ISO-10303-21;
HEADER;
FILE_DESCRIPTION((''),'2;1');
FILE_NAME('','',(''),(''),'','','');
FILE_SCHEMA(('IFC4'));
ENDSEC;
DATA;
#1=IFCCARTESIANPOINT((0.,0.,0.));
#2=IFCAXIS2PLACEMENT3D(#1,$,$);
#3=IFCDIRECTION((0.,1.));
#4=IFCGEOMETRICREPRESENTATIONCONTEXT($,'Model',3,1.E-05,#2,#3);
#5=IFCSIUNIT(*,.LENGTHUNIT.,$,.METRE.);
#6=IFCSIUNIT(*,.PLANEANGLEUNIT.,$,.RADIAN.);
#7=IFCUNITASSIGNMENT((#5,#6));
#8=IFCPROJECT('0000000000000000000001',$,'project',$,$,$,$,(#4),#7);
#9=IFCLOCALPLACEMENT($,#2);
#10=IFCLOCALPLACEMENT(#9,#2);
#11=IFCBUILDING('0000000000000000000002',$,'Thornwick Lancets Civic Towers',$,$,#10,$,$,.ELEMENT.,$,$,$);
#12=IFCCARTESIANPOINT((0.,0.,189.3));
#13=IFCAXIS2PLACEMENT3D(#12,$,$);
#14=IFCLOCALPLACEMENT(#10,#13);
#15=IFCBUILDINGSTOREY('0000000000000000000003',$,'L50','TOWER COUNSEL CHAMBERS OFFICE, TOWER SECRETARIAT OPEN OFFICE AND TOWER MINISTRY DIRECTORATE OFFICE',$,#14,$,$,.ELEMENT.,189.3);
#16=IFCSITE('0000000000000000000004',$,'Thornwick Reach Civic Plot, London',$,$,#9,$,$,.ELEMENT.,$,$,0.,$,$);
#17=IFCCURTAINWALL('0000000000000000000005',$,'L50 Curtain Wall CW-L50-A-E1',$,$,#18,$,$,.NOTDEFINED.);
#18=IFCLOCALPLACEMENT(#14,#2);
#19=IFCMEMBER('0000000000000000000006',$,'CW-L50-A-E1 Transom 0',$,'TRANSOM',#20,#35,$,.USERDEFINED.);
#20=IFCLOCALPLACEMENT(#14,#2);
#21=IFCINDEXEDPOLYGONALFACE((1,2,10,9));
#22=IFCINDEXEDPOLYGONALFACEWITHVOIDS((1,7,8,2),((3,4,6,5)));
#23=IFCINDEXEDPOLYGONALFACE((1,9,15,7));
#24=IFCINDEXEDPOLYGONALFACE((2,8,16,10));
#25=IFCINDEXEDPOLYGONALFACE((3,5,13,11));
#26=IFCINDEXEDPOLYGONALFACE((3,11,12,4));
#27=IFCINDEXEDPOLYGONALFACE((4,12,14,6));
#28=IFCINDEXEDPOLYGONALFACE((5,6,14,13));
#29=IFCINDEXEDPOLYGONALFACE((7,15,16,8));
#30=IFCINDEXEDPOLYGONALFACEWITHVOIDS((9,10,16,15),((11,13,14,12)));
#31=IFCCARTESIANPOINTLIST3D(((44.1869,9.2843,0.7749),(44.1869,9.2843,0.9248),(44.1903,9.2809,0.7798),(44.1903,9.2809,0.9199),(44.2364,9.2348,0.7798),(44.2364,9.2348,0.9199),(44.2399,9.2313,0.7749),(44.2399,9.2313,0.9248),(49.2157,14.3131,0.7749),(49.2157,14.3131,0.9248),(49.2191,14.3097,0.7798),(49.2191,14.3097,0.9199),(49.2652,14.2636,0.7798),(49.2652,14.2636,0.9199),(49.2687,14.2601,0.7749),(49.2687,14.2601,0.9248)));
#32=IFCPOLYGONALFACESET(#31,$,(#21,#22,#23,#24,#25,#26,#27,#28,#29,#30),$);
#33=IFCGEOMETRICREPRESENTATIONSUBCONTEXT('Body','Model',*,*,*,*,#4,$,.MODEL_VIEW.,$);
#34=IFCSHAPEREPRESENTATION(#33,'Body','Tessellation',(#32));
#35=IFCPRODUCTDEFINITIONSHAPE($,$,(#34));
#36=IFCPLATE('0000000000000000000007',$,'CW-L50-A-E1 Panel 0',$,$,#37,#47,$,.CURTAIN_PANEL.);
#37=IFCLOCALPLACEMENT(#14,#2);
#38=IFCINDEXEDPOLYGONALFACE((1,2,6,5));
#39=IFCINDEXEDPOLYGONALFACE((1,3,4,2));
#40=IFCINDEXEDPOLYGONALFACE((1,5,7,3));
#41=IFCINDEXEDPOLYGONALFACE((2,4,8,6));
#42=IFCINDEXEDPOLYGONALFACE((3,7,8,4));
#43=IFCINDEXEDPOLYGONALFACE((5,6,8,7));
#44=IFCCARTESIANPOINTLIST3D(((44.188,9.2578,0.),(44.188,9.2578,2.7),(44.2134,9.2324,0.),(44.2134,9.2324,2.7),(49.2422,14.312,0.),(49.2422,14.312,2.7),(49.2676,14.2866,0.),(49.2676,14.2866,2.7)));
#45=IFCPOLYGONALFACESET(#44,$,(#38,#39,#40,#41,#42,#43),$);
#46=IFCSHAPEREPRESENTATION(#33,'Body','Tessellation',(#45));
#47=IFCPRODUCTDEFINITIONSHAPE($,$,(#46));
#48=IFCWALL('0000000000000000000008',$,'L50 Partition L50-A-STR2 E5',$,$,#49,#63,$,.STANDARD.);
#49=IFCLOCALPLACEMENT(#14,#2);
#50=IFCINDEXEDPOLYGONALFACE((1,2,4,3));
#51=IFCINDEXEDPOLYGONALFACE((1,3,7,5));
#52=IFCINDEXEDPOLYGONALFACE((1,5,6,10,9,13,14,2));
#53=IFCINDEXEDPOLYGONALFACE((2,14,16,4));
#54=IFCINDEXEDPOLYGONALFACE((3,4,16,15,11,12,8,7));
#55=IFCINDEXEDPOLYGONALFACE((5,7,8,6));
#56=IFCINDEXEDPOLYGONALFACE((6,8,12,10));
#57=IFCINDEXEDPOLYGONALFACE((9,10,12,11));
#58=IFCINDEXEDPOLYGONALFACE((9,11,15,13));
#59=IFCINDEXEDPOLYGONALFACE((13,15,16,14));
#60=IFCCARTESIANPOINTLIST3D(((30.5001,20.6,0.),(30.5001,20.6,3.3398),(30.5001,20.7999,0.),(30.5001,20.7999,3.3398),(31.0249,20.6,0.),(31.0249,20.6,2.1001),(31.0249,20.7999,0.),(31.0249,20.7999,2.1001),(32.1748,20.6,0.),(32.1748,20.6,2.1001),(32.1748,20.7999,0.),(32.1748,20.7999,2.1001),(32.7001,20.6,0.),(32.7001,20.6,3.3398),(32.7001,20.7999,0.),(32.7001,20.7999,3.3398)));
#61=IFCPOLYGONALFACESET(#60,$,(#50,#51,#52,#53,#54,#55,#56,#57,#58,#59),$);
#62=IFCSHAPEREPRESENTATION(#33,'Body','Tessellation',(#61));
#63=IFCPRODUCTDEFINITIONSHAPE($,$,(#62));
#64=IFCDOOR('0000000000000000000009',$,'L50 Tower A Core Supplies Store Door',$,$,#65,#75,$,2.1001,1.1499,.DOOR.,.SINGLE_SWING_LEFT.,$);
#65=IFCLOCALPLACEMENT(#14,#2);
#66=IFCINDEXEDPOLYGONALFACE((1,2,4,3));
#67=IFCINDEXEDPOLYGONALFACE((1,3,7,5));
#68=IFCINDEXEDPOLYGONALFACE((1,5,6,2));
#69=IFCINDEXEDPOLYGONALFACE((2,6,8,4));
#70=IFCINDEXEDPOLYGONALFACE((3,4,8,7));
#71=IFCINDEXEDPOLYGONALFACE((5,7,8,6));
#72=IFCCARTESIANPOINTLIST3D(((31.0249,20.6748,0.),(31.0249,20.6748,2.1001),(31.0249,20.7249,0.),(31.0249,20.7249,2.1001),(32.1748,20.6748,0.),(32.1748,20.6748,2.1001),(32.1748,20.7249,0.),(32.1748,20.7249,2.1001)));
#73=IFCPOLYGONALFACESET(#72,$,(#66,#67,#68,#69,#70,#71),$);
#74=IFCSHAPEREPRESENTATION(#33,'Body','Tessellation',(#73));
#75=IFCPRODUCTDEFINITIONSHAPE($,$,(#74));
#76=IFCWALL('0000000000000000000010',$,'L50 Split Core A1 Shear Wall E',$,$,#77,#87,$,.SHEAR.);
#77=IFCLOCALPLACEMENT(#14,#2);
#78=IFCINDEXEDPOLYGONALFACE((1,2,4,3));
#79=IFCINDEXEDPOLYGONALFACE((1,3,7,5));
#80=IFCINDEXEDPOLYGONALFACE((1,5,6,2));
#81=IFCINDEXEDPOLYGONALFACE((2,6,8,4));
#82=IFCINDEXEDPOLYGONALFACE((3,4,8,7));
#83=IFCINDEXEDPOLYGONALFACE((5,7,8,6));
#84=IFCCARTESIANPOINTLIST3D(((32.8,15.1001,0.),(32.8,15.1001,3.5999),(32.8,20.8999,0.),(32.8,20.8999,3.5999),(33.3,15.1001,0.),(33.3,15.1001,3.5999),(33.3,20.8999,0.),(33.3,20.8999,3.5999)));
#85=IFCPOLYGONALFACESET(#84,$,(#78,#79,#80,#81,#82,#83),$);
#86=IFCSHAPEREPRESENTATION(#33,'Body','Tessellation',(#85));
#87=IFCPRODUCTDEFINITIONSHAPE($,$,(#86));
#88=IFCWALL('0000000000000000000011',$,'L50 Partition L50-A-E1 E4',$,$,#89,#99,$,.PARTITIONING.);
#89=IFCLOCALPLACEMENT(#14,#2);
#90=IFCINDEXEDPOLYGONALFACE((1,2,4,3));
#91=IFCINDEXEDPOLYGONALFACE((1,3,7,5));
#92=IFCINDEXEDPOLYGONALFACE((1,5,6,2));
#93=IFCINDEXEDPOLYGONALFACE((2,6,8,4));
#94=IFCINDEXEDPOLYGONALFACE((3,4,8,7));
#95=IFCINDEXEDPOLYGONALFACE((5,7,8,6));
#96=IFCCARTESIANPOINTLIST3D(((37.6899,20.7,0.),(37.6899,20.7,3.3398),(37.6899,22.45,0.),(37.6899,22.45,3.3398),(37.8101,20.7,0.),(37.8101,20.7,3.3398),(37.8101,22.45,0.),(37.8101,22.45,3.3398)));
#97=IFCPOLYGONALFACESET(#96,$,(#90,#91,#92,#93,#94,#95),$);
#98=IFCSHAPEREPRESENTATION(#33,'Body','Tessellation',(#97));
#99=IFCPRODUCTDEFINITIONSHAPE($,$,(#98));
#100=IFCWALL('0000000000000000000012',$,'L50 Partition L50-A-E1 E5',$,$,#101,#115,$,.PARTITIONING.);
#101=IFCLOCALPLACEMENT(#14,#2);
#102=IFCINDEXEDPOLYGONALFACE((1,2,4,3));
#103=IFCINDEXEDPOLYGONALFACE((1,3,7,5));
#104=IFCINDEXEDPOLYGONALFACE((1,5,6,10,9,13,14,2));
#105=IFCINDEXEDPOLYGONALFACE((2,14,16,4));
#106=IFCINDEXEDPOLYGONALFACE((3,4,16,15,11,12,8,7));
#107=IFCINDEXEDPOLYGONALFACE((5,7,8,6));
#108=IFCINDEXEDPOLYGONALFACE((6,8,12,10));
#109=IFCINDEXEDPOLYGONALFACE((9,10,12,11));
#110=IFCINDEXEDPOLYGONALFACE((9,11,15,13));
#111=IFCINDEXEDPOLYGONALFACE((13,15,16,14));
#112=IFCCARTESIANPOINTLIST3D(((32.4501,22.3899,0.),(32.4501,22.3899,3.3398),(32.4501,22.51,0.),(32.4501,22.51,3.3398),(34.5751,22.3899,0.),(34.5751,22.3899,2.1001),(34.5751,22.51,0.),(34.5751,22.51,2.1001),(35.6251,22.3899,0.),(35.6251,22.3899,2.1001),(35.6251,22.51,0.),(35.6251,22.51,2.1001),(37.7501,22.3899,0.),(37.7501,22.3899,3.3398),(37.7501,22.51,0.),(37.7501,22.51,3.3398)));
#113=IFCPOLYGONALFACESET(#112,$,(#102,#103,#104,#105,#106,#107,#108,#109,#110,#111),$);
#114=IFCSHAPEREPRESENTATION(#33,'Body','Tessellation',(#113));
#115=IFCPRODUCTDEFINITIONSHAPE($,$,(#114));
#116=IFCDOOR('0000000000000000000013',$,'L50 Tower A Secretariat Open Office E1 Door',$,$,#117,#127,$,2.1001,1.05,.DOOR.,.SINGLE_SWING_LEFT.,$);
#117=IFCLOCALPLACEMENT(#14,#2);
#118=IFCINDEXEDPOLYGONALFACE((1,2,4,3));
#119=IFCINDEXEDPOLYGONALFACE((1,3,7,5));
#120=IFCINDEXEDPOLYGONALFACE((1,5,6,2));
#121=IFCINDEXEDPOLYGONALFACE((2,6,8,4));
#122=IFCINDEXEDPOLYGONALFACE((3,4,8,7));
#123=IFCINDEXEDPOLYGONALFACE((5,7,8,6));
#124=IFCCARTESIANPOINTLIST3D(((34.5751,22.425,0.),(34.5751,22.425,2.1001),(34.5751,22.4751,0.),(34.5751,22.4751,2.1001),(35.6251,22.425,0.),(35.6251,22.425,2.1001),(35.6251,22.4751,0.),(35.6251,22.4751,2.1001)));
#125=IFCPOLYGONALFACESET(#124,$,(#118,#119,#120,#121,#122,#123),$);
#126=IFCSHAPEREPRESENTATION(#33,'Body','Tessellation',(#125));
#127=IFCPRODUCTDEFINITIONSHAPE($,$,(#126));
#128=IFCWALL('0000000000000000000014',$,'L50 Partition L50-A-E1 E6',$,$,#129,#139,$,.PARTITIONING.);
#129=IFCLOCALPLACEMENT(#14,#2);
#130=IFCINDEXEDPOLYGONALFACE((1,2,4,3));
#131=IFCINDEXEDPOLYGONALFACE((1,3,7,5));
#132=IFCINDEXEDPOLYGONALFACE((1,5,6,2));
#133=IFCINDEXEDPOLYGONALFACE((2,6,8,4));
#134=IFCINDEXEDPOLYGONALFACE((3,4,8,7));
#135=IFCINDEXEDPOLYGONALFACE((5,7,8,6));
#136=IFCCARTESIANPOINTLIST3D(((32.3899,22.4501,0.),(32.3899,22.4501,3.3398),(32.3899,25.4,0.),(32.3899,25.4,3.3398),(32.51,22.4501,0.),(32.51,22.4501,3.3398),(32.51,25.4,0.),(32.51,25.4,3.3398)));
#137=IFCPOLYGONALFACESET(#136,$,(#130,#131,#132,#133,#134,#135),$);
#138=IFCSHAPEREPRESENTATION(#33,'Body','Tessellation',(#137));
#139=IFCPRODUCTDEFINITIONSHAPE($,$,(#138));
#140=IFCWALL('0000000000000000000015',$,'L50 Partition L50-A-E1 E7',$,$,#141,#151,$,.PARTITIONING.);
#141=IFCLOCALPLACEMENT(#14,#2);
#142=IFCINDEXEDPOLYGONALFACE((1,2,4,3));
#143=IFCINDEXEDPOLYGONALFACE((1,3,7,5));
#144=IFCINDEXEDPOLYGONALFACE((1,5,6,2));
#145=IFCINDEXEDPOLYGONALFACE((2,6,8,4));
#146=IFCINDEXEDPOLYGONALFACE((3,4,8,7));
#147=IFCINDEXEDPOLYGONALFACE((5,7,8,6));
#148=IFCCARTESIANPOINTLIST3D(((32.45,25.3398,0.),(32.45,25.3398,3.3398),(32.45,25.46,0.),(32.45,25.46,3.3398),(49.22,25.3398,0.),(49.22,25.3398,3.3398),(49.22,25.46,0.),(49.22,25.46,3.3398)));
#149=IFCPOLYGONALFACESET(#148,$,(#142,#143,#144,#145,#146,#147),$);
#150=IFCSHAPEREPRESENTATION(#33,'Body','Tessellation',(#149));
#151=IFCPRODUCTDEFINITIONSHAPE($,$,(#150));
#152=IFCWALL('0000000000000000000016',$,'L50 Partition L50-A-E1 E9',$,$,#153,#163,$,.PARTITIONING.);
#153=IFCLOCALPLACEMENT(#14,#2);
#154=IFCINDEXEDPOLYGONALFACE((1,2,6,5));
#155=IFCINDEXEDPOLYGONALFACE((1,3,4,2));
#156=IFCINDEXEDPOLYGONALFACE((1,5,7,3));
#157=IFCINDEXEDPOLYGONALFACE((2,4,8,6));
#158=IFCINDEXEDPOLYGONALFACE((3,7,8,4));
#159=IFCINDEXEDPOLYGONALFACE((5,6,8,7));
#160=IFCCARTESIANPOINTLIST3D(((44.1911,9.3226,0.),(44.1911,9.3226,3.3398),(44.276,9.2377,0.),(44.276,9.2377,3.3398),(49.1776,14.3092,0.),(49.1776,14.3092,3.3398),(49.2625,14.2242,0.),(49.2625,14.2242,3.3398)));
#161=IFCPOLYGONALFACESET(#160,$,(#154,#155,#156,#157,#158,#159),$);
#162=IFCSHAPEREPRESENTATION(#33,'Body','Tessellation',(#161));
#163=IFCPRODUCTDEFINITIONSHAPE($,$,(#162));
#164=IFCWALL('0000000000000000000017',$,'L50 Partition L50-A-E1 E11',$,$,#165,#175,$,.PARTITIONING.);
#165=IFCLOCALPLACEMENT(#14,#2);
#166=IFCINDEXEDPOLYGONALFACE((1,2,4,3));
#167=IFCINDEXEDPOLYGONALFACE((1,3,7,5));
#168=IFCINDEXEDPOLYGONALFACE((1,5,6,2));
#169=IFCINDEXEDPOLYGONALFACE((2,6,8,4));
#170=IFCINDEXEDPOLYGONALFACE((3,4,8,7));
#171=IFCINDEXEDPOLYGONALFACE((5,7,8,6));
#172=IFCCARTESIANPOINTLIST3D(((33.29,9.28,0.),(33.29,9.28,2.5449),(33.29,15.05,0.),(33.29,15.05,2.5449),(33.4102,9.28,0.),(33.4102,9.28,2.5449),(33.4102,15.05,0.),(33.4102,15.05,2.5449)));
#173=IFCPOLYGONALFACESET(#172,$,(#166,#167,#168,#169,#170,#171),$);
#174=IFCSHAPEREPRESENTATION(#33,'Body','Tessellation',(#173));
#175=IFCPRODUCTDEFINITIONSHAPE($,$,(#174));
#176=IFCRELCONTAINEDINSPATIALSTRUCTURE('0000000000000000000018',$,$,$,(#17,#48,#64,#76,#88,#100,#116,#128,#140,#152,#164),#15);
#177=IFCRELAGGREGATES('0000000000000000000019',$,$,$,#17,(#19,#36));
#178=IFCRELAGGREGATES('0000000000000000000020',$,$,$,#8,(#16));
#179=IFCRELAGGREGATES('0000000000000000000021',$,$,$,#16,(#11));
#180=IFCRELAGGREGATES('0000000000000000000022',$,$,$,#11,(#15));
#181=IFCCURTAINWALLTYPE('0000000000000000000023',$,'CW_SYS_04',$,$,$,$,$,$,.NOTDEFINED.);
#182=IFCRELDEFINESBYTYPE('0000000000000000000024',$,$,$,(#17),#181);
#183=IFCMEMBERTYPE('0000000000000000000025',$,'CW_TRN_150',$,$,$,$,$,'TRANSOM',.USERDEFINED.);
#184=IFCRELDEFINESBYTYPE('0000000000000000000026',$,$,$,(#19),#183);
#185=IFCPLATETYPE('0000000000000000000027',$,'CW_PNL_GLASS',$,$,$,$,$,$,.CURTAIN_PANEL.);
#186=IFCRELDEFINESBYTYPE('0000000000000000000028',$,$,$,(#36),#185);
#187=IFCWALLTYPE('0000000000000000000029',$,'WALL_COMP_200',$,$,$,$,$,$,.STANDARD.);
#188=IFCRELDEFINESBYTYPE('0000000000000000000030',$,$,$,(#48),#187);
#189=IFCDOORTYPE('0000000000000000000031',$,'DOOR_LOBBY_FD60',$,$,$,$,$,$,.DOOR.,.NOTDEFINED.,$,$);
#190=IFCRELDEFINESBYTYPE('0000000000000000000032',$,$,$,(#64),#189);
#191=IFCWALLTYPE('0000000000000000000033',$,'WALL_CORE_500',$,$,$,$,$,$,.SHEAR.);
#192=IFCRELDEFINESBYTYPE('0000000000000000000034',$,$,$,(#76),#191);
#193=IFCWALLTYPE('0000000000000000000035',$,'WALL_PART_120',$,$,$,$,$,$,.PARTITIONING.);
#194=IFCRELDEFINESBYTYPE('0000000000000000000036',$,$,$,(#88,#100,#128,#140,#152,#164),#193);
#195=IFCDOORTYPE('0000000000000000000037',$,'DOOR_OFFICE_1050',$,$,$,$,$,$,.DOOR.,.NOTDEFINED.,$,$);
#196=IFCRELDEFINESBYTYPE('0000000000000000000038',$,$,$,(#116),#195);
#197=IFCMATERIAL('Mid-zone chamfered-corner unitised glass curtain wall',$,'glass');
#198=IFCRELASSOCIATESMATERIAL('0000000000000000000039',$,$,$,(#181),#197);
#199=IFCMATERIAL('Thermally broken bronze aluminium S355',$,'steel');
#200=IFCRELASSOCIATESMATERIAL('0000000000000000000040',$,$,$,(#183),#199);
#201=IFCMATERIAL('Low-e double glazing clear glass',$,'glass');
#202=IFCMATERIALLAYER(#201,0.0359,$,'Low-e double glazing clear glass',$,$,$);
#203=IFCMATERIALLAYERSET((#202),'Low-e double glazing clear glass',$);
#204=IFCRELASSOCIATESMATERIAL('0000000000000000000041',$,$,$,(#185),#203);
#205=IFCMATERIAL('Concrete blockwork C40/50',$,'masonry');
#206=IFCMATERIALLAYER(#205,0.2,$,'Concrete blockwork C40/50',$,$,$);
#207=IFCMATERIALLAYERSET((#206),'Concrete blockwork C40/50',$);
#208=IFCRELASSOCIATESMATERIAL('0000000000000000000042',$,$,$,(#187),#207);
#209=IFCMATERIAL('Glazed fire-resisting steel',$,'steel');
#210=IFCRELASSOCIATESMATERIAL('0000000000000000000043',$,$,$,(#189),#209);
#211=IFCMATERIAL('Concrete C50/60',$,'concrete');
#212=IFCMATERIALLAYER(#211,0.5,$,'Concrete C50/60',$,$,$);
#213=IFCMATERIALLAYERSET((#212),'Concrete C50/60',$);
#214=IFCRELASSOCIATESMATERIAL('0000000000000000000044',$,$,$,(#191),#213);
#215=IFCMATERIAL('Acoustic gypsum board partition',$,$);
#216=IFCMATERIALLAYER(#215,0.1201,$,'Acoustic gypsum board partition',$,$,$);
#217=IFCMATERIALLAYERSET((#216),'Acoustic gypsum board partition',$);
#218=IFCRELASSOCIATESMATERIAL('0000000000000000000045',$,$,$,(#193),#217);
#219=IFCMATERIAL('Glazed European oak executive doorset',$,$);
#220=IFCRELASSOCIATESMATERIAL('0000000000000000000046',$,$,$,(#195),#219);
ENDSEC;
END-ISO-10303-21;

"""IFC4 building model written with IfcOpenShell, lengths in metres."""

from ifc_helpers import new_model, si_unit, direction, frame, frame_2d, origin, origin_2d, place, context, subcontext, project, spatial, rectangle, hollow_rectangle, extrude, material, layer, layer_set, material_profile, profile_set, type_object, element, fill, aggregate, save


model = new_model("IFC4")

# Units and contexts
model_context = context("Model", 3, precision=1e-05, world=origin(), true_north=direction((0.0, 1.0)))
body_context = subcontext(model_context, "Body", "Model", "MODEL_VIEW")
ifc_project = project(units=[si_unit("LENGTHUNIT", "METRE"), si_unit("PLANEANGLEUNIT", "RADIAN")], contexts=[model_context])

# Site, building, storey
site_placement = place(None, origin())
site = spatial("IfcSite", under=ifc_project, at=site_placement, Name="Thornwick Reach Civic Plot, London", CompositionType="ELEMENT", RefElevation=0.0)
building_placement = place(site_placement, origin())
building = spatial("IfcBuilding", under=site, at=building_placement, Name="Thornwick Lancets Civic Towers", CompositionType="ELEMENT")
storey_placement = place(building_placement, frame((0.0, 0.0, 189.3)))
storey = spatial("IfcBuildingStorey", under=building, at=storey_placement, Name="L50", Description="TOWER COUNSEL CHAMBERS OFFICE, TOWER SECRETARIAT OPEN OFFICE AND TOWER MINISTRY DIRECTORATE OFFICE", CompositionType="ELEMENT", Elevation=189.3)

# Shared definitions
ifc_material_1 = material(Name="Concrete C50/60", Category="concrete")

# Curtain wall, member, plate
ifc_material_2 = material(Name="Mid-zone chamfered-corner unitised glass curtain wall", Category="glass")
curtain_wall_type = type_object("IfcCurtainWallType", Name="CW_SYS_04", PredefinedType="NOTDEFINED", material=ifc_material_2)
curtain_wall_placement = place(storey_placement, origin())
curtain_wall = element("IfcCurtainWall", 1, at=curtain_wall_placement, inside=storey, type_object=curtain_wall_type, Name="L50 Curtain Wall CW-L50-A-E1", PredefinedType="NOTDEFINED")
ifc_material_3 = material(Name="Thermally broken bronze aluminium S355", Category="steel")
ifc_material_profile_1 = material_profile(ifc_material_3, hollow_rectangle(XDim=0.075, YDim=0.1499, WallThickness=0.0049, at=origin_2d()), Name="RHS 150x75x5")
ifc_profile_set_1 = profile_set([ifc_material_profile_1], Name="Thermally broken bronze aluminium S355")
member_type_1 = type_object("IfcMemberType", Name="CW_TRN_150", ElementType="TRANSOM", PredefinedType="USERDEFINED", material=ifc_profile_set_1)
member_1_placement = place(storey_placement, frame((44.2134, 9.2578, 0.8499), z_axis=(0.707107, 0.707107, 0.0), x_axis=(-0.707107, 0.707107, 0.0)))
member_1 = element("IfcMember", 2, at=member_1_placement, type_object=member_type_1, Name="CW-L50-A-E1 Transom 0", ObjectType="TRANSOM", PredefinedType="USERDEFINED", context=body_context, shape_type="SweptSolid", body=[
    extrude(hollow_rectangle(XDim=0.075, YDim=0.1499, WallThickness=0.0049, at=origin_2d()), origin(), (0.0, 0.0, 1.0), 7.1118),
])
ifc_material_4 = material(Name="Low-e double glazing clear glass", Category="glass")
ifc_layer_1 = layer(ifc_material_4, 0.0359, Name="Low-e double glazing clear glass")
ifc_layer_set_1 = layer_set([ifc_layer_1], Name="Low-e double glazing clear glass")
plate_type = type_object("IfcPlateType", Name="CW_PNL_GLASS", PredefinedType="CURTAIN_PANEL", material=ifc_layer_set_1)
plate_placement = place(storey_placement, frame((46.7278, 11.7722, 0.0), z_axis=(0.0, 0.0, 1.0), x_axis=(0.707107, 0.707107, 0.0)))
plate = element("IfcPlate", 3, at=plate_placement, type_object=plate_type, Name="CW-L50-A-E1 Panel 0", PredefinedType="CURTAIN_PANEL", context=body_context, shape_type="SweptSolid", body=[
    extrude(rectangle(XDim=7.1477, YDim=0.0359, at=origin_2d()), origin(), (0.0, 0.0, 1.0), 2.7),
])
aggregate(curtain_wall, [member_1, plate])

# Wall, opening, door
ifc_material_5 = material(Name="Concrete blockwork C40/50", Category="masonry")
ifc_layer_2 = layer(ifc_material_5, 0.2, Name="Concrete blockwork C40/50")
ifc_layer_set_2 = layer_set([ifc_layer_2], Name="Concrete blockwork C40/50")
wall_type_1 = type_object("IfcWallType", Name="WALL_COMP_200", PredefinedType="STANDARD", material=ifc_layer_set_2)
wall_1_placement = place(storey_placement, frame((30.5, 20.7, 0.0), z_axis=(0.0, 0.0, 1.0), x_axis=(1.0, 0.0, 0.0)))
wall_1 = element("IfcWall", 4, at=wall_1_placement, inside=storey, type_object=wall_type_1, Name="L50 Partition L50-A-STR2 E5", PredefinedType="STANDARD", context=body_context, shape_type="SweptSolid", body=[
    extrude(rectangle(XDim=2.2, YDim=0.2, at=frame_2d((1.1001, 0.0))), origin(), (0.0, 0.0, 1.0), 3.3398),
])
opening_1_placement = place(wall_1_placement, frame((0.5249, 0.0, 0.0)))
opening_1 = element("IfcOpeningElement", 5, at=opening_1_placement, cuts=wall_1, PredefinedType="OPENING", context=body_context, shape_type="SweptSolid", body=[
    extrude(rectangle(XDim=1.1499, YDim=2.1001, at=frame_2d((0.575, 1.05))), frame((0.0, 0.1099, 0.0), z_axis=(0.0, -1.0, 0.0), x_axis=(1.0, 0.0, 0.0)), (0.0, 0.0, 1.0), 0.22),
])
ifc_material_6 = material(Name="Glazed fire-resisting steel", Category="steel")
door_type_1 = type_object("IfcDoorType", Name="DOOR_LOBBY_FD60", OperationType="NOTDEFINED", PredefinedType="DOOR", material=ifc_material_6)
door_1_placement = place(opening_1_placement, origin())
door_1 = element("IfcDoor", 6, at=door_1_placement, inside=storey, type_object=door_type_1, Name="L50 Tower A Core Supplies Store Door", OperationType="SINGLE_SWING_LEFT", OverallHeight=2.1001, OverallWidth=1.1499, PredefinedType="DOOR", context=body_context, shape_type="SweptSolid", body=[
    extrude(rectangle(XDim=1.1499, YDim=2.1001, at=frame_2d((0.575, 1.05))), frame((0.0, 0.0249, 0.0), z_axis=(0.0, -1.0, 0.0), x_axis=(1.0, 0.0, 0.0)), (0.0, 0.0, 1.0), 0.05),
])
fill(opening_1, door_1)

# Walls
ifc_layer_3 = layer(ifc_material_1, 0.5, Name="Concrete C50/60")
ifc_layer_set_3 = layer_set([ifc_layer_3], Name="Concrete C50/60")
wall_type_2 = type_object("IfcWallType", Name="WALL_CORE_500", PredefinedType="SHEAR", material=ifc_layer_set_3)
wall_2_placement = place(storey_placement, frame((33.05, 15.1001, 0.0), z_axis=(0.0, 0.0, 1.0), x_axis=(0.0, 1.0, 0.0)))
element("IfcWall", 7, at=wall_2_placement, inside=storey, type_object=wall_type_2, Name="L50 Split Core A1 Shear Wall E", PredefinedType="SHEAR", context=body_context, shape_type="SweptSolid", body=[
    extrude(rectangle(XDim=5.7998, YDim=0.5, at=frame_2d((2.8999, 0.0))), origin(), (0.0, 0.0, 1.0), 3.5999),
])
ifc_material_7 = material(Name="Acoustic gypsum board partition")
ifc_layer_4 = layer(ifc_material_7, 0.1201, Name="Acoustic gypsum board partition")
ifc_layer_set_4 = layer_set([ifc_layer_4], Name="Acoustic gypsum board partition")
wall_type_3 = type_object("IfcWallType", Name="WALL_PART_120", PredefinedType="PARTITIONING", material=ifc_layer_set_4)
wall_3_placement = place(storey_placement, frame((37.75, 20.7, 0.0), z_axis=(0.0, 0.0, 1.0), x_axis=(0.0, 1.0, 0.0)))
element("IfcWall", 8, at=wall_3_placement, inside=storey, type_object=wall_type_3, Name="L50 Partition L50-A-E1 E4", PredefinedType="PARTITIONING", context=body_context, shape_type="SweptSolid", body=[
    extrude(rectangle(XDim=1.75, YDim=0.1201, at=frame_2d((0.875, 0.0))), origin(), (0.0, 0.0, 1.0), 3.3398),
])

# Wall, opening, door
wall_4_placement = place(storey_placement, frame((37.75, 22.45, 0.0), z_axis=(0.0, 0.0, 1.0), x_axis=(-1.0, 0.0, 0.0)))
wall_4 = element("IfcWall", 9, at=wall_4_placement, inside=storey, type_object=wall_type_3, Name="L50 Partition L50-A-E1 E5", PredefinedType="PARTITIONING", context=body_context, shape_type="SweptSolid", body=[
    extrude(rectangle(XDim=5.3, YDim=0.1201, at=frame_2d((2.6499, 0.0))), origin(), (0.0, 0.0, 1.0), 3.3398),
])
opening_2_placement = place(wall_4_placement, frame((2.125, 0.0, 0.0)))
opening_2 = element("IfcOpeningElement", 10, at=opening_2_placement, cuts=wall_4, PredefinedType="OPENING", context=body_context, shape_type="SweptSolid", body=[
    extrude(rectangle(XDim=1.05, YDim=2.1001, at=frame_2d((0.5249, 1.05))), frame((0.0, 0.0701, 0.0), z_axis=(0.0, -1.0, 0.0), x_axis=(1.0, 0.0, 0.0)), (0.0, 0.0, 1.0), 0.1401),
])
ifc_material_8 = material(Name="Glazed European oak executive doorset")
door_type_2 = type_object("IfcDoorType", Name="DOOR_OFFICE_1050", OperationType="NOTDEFINED", PredefinedType="DOOR", material=ifc_material_8)
door_2_placement = place(opening_2_placement, origin())
door_2 = element("IfcDoor", 11, at=door_2_placement, inside=storey, type_object=door_type_2, Name="L50 Tower A Secretariat Open Office E1 Door", OperationType="SINGLE_SWING_LEFT", OverallHeight=2.1001, OverallWidth=1.05, PredefinedType="DOOR", context=body_context, shape_type="SweptSolid", body=[
    extrude(rectangle(XDim=1.05, YDim=2.1001, at=frame_2d((0.5249, 1.05))), frame((0.0, 0.0249, 0.0), z_axis=(0.0, -1.0, 0.0), x_axis=(1.0, 0.0, 0.0)), (0.0, 0.0, 1.0), 0.05),
])
fill(opening_2, door_2)

# Walls
wall_5_placement = place(storey_placement, frame((32.45, 22.45, 0.0), z_axis=(0.0, 0.0, 1.0), x_axis=(0.0, 1.0, 0.0)))
element("IfcWall", 12, at=wall_5_placement, inside=storey, type_object=wall_type_3, Name="L50 Partition L50-A-E1 E6", PredefinedType="PARTITIONING", context=body_context, shape_type="SweptSolid", body=[
    extrude(rectangle(XDim=2.95, YDim=0.1201, at=frame_2d((1.4751, 0.0))), origin(), (0.0, 0.0, 1.0), 3.3398),
])
wall_6_placement = place(storey_placement, frame((32.45, 25.3999, 0.0), z_axis=(0.0, 0.0, 1.0), x_axis=(1.0, 0.0, 0.0)))
element("IfcWall", 13, at=wall_6_placement, inside=storey, type_object=wall_type_3, Name="L50 Partition L50-A-E1 E7", PredefinedType="PARTITIONING", context=body_context, shape_type="SweptSolid", body=[
    extrude(rectangle(XDim=16.77, YDim=0.1201, at=frame_2d((8.385, 0.0))), origin(), (0.0, 0.0, 1.0), 3.3398),
])
wall_7_placement = place(storey_placement, frame((49.22, 14.2666, 0.0), z_axis=(0.0, 0.0, 1.0), x_axis=(-0.707107, -0.707107, 0.0)))
element("IfcWall", 14, at=wall_7_placement, inside=storey, type_object=wall_type_3, Name="L50 Partition L50-A-E1 E9", PredefinedType="PARTITIONING", context=body_context, shape_type="SweptSolid", body=[
    extrude(rectangle(XDim=7.052, YDim=0.1201, at=frame_2d((3.5259, 0.0))), origin(), (0.0, 0.0, 1.0), 3.3398),
])
wall_8_placement = place(storey_placement, frame((33.3501, 9.28, 0.0), z_axis=(0.0, 0.0, 1.0), x_axis=(0.0, 1.0, 0.0)))
element("IfcWall", 15, at=wall_8_placement, inside=storey, type_object=wall_type_3, Name="L50 Partition L50-A-E1 E11", PredefinedType="PARTITIONING", context=body_context, shape_type="SweptSolid", body=[
    extrude(rectangle(XDim=5.77, YDim=0.1201, at=frame_2d((2.885, 0.0))), origin(), (0.0, 0.0, 1.0), 2.5449),
])

save(model, "model.ifc")
